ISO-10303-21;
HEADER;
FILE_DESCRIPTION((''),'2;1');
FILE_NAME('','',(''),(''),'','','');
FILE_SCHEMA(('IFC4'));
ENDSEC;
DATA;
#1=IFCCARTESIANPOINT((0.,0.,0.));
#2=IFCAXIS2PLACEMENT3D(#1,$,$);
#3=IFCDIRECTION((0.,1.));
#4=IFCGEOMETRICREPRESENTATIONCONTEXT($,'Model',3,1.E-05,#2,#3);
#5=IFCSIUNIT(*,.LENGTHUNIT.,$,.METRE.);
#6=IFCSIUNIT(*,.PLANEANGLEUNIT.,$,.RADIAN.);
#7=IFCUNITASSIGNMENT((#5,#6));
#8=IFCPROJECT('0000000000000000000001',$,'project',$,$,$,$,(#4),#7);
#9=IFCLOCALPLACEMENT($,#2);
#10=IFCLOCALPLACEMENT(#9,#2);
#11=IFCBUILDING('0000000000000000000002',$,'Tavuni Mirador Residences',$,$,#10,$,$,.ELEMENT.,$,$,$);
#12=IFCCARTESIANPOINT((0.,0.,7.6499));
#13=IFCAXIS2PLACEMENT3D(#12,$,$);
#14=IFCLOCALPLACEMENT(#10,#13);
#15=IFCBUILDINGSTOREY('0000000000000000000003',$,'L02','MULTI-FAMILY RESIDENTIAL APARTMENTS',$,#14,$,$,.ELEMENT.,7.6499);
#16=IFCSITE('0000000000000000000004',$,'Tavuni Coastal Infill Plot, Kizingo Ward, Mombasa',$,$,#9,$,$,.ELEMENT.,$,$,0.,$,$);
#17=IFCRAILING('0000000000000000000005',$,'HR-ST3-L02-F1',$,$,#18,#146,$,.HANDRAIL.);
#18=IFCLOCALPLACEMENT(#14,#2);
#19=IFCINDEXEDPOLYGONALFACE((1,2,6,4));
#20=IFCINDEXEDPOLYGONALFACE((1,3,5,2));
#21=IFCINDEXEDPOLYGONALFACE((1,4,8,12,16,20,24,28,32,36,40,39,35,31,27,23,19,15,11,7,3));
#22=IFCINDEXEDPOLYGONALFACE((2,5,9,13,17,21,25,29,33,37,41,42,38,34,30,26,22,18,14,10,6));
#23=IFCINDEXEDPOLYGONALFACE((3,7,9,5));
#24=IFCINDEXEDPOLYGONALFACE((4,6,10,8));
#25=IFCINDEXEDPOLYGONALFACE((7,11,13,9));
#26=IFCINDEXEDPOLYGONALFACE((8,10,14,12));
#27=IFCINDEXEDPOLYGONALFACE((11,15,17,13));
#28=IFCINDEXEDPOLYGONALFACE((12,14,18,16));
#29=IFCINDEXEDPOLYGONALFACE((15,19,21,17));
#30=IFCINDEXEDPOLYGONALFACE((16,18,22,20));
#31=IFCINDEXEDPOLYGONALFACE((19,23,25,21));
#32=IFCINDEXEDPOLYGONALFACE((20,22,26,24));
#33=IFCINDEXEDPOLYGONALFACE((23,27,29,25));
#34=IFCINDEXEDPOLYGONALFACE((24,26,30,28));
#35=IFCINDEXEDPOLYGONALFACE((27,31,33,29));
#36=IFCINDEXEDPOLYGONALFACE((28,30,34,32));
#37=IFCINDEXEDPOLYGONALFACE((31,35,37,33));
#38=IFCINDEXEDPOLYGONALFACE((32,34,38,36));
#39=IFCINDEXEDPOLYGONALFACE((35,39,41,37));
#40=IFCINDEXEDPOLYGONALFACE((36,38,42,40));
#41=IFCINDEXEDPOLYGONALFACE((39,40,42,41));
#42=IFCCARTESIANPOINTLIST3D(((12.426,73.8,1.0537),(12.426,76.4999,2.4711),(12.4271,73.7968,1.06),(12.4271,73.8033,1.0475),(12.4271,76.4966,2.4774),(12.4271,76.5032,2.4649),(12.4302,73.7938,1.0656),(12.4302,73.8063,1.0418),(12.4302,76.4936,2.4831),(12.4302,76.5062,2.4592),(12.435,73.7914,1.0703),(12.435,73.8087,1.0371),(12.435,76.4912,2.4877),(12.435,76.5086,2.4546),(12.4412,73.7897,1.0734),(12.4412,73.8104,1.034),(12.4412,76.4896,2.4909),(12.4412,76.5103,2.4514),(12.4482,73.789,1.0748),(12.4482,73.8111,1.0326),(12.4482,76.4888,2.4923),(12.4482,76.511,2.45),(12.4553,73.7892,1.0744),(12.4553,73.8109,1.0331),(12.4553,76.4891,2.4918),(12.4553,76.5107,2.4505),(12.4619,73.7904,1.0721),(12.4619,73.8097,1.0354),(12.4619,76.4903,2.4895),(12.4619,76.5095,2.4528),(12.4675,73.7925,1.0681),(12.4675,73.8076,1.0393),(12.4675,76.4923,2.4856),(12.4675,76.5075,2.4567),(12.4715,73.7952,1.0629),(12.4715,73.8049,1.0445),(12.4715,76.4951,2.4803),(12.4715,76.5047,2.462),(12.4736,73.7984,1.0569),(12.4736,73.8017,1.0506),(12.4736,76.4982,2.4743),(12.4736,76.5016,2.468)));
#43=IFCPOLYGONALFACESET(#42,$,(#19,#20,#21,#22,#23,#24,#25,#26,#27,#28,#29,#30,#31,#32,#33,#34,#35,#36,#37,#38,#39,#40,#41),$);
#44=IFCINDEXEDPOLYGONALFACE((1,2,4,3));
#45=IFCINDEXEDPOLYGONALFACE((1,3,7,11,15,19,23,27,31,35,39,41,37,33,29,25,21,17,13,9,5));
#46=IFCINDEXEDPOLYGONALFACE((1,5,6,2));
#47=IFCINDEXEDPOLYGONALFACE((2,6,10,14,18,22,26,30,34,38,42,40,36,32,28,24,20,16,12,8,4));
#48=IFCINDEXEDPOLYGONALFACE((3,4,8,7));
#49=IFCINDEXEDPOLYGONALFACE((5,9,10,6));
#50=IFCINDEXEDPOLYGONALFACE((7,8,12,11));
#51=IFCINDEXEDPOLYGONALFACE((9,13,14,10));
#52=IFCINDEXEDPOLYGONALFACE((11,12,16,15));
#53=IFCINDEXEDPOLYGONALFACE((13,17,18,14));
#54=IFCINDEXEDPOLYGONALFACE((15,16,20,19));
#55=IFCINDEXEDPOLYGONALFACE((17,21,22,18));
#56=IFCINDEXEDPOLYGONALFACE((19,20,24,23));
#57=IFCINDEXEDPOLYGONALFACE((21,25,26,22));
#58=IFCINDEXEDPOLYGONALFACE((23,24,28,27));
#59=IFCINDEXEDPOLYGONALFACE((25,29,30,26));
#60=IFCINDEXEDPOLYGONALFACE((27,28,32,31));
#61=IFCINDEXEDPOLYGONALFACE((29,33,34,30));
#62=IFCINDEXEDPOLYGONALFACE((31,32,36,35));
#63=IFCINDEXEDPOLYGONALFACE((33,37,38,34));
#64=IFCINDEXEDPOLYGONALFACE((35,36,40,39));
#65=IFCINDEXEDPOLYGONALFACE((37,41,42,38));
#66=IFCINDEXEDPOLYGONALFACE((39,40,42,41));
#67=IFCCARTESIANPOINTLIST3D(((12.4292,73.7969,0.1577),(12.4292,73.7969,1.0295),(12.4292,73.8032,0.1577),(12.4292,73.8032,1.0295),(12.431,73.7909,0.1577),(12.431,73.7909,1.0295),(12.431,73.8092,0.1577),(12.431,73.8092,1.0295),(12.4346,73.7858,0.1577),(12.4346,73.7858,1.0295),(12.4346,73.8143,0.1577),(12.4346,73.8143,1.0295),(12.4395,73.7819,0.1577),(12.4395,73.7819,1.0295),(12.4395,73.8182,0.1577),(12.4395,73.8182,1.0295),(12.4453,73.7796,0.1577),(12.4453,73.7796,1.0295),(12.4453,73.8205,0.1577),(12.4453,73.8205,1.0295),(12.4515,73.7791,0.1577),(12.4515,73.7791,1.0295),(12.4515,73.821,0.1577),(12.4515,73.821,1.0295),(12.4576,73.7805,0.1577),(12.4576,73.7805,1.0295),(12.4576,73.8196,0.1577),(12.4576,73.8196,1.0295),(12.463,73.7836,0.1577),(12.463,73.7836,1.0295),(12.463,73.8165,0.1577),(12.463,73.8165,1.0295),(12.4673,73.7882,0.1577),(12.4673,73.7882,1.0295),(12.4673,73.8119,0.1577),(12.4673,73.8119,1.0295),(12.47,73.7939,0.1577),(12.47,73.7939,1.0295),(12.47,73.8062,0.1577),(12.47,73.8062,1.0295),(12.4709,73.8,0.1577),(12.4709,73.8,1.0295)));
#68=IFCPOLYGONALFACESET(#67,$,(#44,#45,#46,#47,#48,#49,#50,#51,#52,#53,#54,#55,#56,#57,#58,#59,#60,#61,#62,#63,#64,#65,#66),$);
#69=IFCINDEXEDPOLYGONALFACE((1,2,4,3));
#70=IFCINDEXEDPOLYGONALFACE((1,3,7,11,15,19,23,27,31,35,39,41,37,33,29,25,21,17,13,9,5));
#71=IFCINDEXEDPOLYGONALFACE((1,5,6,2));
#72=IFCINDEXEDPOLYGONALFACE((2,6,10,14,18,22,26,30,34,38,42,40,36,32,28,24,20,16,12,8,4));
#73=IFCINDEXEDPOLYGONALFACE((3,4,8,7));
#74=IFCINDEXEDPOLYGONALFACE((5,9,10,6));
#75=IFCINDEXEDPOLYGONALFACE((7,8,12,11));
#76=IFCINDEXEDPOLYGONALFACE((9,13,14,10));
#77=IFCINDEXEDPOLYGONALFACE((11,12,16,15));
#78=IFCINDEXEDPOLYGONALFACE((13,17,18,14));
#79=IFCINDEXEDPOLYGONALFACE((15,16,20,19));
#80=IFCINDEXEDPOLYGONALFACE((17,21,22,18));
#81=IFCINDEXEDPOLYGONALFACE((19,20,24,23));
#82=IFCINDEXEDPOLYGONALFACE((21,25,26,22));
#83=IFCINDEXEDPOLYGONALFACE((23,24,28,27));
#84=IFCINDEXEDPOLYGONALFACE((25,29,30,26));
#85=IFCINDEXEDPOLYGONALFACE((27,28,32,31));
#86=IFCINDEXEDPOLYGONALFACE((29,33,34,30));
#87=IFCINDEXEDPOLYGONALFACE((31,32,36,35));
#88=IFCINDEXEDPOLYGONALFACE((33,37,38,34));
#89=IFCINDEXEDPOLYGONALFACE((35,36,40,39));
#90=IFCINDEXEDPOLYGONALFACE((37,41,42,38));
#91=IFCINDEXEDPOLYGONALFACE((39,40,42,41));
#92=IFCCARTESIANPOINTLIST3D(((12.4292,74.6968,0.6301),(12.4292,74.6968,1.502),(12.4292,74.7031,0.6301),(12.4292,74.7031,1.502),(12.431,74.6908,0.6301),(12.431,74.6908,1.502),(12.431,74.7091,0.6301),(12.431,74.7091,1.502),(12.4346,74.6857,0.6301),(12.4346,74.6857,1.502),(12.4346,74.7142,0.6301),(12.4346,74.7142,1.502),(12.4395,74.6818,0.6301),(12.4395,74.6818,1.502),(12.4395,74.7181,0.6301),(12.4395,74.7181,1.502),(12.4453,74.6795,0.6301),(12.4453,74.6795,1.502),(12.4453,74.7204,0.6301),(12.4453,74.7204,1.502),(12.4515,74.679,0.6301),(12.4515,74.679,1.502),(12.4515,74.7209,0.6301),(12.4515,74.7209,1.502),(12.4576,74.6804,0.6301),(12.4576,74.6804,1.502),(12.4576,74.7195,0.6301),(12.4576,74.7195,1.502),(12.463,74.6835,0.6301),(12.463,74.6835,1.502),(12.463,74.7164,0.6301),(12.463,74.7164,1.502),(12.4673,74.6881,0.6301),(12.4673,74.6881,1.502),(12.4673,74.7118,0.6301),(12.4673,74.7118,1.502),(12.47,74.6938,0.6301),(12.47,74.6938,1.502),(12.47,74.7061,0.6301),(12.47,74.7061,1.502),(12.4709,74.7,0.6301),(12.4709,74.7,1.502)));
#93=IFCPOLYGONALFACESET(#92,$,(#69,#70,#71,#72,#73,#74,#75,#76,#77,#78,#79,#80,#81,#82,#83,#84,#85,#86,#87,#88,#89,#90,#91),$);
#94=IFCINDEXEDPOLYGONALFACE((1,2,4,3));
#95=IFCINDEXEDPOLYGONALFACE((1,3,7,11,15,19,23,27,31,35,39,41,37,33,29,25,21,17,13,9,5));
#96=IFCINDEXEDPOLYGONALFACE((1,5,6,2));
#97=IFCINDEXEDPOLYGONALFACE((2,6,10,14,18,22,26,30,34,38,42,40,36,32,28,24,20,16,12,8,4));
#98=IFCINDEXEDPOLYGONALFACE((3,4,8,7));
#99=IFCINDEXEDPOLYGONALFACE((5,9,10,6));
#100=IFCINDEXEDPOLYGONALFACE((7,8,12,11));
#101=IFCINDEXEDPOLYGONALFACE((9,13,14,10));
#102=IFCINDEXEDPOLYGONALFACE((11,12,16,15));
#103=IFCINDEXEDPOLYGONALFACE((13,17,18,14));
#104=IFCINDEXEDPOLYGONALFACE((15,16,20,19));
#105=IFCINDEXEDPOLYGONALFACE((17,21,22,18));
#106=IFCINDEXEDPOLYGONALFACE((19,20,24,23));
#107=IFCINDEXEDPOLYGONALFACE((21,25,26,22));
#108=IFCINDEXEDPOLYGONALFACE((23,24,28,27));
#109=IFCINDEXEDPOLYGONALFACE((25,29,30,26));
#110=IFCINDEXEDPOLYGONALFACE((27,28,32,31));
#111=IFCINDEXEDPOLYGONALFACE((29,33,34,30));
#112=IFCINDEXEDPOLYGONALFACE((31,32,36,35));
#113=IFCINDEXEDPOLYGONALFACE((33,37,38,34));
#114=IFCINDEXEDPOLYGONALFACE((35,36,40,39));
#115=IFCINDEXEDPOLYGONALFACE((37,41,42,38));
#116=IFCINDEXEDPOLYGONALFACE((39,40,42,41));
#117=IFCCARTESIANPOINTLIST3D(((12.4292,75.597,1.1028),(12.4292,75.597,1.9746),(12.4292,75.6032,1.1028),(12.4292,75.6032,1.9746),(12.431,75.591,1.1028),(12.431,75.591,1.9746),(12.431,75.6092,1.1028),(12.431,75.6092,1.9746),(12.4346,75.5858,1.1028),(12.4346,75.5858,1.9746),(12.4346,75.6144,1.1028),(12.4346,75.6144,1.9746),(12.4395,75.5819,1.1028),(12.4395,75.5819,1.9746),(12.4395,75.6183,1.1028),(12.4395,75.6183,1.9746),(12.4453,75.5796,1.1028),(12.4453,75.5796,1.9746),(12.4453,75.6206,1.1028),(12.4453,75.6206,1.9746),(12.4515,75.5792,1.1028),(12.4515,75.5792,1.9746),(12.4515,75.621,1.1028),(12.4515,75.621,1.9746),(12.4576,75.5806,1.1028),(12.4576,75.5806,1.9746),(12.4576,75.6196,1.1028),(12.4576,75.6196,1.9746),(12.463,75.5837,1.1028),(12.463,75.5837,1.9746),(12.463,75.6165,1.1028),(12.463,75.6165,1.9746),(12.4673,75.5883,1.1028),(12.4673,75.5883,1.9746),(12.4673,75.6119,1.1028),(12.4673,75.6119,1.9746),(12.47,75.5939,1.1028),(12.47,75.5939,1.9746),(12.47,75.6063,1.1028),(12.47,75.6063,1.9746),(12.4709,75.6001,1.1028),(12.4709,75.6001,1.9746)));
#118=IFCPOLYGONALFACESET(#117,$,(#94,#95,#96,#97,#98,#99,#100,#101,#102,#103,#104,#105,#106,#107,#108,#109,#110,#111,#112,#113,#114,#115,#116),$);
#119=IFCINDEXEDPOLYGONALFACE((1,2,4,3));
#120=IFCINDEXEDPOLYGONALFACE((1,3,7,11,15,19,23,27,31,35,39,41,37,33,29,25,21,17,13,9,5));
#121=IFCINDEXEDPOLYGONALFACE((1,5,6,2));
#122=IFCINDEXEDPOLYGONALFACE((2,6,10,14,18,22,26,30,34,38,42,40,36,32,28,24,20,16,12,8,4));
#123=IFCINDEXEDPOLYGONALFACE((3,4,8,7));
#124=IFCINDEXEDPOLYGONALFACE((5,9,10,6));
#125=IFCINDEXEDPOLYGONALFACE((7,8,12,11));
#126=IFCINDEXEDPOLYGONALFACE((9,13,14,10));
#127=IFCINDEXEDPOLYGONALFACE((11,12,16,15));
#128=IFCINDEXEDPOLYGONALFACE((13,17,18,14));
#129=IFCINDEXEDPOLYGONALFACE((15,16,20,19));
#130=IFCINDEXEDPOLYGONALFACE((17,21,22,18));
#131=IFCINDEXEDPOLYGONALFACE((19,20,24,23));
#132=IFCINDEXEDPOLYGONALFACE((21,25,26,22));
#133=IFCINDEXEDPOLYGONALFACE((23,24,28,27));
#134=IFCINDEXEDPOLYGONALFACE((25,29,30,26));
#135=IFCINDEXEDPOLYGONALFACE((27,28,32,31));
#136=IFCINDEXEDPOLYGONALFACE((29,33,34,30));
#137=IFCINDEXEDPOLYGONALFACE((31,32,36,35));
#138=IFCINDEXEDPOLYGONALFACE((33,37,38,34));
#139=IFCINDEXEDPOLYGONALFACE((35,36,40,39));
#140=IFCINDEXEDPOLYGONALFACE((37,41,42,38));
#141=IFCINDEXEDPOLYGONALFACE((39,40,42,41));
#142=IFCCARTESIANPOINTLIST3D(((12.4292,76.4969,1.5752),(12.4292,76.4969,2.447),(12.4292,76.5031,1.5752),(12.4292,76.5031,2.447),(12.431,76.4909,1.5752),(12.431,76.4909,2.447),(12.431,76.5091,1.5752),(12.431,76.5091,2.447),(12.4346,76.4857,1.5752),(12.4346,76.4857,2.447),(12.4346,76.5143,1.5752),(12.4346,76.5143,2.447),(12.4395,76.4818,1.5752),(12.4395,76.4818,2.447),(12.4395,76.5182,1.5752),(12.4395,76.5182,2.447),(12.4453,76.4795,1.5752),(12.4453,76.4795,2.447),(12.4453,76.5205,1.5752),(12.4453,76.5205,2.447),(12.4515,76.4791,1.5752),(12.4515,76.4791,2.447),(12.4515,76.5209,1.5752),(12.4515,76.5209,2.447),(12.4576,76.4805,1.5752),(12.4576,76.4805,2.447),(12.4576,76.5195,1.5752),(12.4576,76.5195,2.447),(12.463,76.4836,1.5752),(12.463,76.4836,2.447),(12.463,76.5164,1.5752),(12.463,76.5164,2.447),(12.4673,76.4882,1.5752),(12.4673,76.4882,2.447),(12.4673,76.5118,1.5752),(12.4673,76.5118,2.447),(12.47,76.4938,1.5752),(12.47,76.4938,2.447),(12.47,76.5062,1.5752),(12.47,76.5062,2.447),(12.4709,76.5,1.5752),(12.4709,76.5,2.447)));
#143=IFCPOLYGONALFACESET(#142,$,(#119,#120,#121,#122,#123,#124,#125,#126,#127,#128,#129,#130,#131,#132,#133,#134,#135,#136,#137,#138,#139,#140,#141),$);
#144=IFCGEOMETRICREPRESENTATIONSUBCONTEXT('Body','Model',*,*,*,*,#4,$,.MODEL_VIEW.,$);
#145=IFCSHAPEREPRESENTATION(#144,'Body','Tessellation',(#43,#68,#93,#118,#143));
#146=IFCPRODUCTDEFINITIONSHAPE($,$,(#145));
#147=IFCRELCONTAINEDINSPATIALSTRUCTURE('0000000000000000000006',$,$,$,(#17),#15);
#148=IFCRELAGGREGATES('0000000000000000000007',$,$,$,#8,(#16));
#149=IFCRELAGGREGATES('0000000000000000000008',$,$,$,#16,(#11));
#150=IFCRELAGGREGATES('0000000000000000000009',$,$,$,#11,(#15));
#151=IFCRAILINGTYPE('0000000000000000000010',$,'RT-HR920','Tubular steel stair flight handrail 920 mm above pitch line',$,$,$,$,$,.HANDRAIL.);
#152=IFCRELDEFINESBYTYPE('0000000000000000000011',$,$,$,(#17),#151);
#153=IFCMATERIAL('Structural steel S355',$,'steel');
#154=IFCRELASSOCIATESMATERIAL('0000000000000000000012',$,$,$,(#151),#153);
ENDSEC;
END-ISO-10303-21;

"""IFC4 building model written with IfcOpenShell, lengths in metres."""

from ifc_helpers import new_model, si_unit, direction, frame, origin, origin_2d, place, context, subcontext, project, spatial, circle, extrude, material, type_object, element, save


model = new_model("IFC4")

# Units and contexts
model_context = context("Model", 3, precision=1e-05, world=origin(), true_north=direction((0.0, 1.0)))
body_context = subcontext(model_context, "Body", "Model", "MODEL_VIEW")
ifc_project = project(units=[si_unit("LENGTHUNIT", "METRE"), si_unit("PLANEANGLEUNIT", "RADIAN")], contexts=[model_context])

# Site, building, storey
site_placement = place(None, origin())
site = spatial("IfcSite", under=ifc_project, at=site_placement, Name="Tavuni Coastal Infill Plot, Kizingo Ward, Mombasa", CompositionType="ELEMENT", RefElevation=0.0)
building_placement = place(site_placement, origin())
building = spatial("IfcBuilding", under=site, at=building_placement, Name="Tavuni Mirador Residences", CompositionType="ELEMENT")
storey_placement = place(building_placement, frame((0.0, 0.0, 7.6499)))
storey = spatial("IfcBuildingStorey", under=building, at=storey_placement, Name="L02", Description="MULTI-FAMILY RESIDENTIAL APARTMENTS", CompositionType="ELEMENT", Elevation=7.6499)

# Railing
ifc_material_1 = material(Name="Structural steel S355", Category="steel")
railing_type_1 = type_object("IfcRailingType", Name="RT-HR920", Description="Tubular steel stair flight handrail 920 mm above pitch line", PredefinedType="HANDRAIL", material=ifc_material_1)
railing_1_placement = place(storey_placement, frame((12.45, 73.8, 0.1577)))
element("IfcRailing", 1, at=railing_1_placement, inside=storey, type_object=railing_type_1, Name="HR-ST3-L02-F1", PredefinedType="HANDRAIL", context=body_context, shape_type="SweptSolid", body=[
    extrude(circle(Radius=0.0239, at=origin_2d()), frame((0.0, 0.0, 0.896), z_axis=(0.0, 0.885397, 0.464835), x_axis=(-1.0, 0.0, 0.0)), (0.0, 0.0, 1.0), 3.0493),
    extrude(circle(Radius=0.021, at=origin_2d()), origin(), (0.0, 0.0, 1.0), 0.8718),
    extrude(circle(Radius=0.021, at=origin_2d()), frame((0.0, 0.8999, 0.4724)), (0.0, 0.0, 1.0), 0.8718),
    extrude(circle(Radius=0.021, at=origin_2d()), frame((0.0, 1.8, 0.9451)), (0.0, 0.0, 1.0), 0.8718),
    extrude(circle(Radius=0.021, at=origin_2d()), frame((0.0, 2.7, 1.4175)), (0.0, 0.0, 1.0), 0.8718),
])

save(model, "model.ifc")
